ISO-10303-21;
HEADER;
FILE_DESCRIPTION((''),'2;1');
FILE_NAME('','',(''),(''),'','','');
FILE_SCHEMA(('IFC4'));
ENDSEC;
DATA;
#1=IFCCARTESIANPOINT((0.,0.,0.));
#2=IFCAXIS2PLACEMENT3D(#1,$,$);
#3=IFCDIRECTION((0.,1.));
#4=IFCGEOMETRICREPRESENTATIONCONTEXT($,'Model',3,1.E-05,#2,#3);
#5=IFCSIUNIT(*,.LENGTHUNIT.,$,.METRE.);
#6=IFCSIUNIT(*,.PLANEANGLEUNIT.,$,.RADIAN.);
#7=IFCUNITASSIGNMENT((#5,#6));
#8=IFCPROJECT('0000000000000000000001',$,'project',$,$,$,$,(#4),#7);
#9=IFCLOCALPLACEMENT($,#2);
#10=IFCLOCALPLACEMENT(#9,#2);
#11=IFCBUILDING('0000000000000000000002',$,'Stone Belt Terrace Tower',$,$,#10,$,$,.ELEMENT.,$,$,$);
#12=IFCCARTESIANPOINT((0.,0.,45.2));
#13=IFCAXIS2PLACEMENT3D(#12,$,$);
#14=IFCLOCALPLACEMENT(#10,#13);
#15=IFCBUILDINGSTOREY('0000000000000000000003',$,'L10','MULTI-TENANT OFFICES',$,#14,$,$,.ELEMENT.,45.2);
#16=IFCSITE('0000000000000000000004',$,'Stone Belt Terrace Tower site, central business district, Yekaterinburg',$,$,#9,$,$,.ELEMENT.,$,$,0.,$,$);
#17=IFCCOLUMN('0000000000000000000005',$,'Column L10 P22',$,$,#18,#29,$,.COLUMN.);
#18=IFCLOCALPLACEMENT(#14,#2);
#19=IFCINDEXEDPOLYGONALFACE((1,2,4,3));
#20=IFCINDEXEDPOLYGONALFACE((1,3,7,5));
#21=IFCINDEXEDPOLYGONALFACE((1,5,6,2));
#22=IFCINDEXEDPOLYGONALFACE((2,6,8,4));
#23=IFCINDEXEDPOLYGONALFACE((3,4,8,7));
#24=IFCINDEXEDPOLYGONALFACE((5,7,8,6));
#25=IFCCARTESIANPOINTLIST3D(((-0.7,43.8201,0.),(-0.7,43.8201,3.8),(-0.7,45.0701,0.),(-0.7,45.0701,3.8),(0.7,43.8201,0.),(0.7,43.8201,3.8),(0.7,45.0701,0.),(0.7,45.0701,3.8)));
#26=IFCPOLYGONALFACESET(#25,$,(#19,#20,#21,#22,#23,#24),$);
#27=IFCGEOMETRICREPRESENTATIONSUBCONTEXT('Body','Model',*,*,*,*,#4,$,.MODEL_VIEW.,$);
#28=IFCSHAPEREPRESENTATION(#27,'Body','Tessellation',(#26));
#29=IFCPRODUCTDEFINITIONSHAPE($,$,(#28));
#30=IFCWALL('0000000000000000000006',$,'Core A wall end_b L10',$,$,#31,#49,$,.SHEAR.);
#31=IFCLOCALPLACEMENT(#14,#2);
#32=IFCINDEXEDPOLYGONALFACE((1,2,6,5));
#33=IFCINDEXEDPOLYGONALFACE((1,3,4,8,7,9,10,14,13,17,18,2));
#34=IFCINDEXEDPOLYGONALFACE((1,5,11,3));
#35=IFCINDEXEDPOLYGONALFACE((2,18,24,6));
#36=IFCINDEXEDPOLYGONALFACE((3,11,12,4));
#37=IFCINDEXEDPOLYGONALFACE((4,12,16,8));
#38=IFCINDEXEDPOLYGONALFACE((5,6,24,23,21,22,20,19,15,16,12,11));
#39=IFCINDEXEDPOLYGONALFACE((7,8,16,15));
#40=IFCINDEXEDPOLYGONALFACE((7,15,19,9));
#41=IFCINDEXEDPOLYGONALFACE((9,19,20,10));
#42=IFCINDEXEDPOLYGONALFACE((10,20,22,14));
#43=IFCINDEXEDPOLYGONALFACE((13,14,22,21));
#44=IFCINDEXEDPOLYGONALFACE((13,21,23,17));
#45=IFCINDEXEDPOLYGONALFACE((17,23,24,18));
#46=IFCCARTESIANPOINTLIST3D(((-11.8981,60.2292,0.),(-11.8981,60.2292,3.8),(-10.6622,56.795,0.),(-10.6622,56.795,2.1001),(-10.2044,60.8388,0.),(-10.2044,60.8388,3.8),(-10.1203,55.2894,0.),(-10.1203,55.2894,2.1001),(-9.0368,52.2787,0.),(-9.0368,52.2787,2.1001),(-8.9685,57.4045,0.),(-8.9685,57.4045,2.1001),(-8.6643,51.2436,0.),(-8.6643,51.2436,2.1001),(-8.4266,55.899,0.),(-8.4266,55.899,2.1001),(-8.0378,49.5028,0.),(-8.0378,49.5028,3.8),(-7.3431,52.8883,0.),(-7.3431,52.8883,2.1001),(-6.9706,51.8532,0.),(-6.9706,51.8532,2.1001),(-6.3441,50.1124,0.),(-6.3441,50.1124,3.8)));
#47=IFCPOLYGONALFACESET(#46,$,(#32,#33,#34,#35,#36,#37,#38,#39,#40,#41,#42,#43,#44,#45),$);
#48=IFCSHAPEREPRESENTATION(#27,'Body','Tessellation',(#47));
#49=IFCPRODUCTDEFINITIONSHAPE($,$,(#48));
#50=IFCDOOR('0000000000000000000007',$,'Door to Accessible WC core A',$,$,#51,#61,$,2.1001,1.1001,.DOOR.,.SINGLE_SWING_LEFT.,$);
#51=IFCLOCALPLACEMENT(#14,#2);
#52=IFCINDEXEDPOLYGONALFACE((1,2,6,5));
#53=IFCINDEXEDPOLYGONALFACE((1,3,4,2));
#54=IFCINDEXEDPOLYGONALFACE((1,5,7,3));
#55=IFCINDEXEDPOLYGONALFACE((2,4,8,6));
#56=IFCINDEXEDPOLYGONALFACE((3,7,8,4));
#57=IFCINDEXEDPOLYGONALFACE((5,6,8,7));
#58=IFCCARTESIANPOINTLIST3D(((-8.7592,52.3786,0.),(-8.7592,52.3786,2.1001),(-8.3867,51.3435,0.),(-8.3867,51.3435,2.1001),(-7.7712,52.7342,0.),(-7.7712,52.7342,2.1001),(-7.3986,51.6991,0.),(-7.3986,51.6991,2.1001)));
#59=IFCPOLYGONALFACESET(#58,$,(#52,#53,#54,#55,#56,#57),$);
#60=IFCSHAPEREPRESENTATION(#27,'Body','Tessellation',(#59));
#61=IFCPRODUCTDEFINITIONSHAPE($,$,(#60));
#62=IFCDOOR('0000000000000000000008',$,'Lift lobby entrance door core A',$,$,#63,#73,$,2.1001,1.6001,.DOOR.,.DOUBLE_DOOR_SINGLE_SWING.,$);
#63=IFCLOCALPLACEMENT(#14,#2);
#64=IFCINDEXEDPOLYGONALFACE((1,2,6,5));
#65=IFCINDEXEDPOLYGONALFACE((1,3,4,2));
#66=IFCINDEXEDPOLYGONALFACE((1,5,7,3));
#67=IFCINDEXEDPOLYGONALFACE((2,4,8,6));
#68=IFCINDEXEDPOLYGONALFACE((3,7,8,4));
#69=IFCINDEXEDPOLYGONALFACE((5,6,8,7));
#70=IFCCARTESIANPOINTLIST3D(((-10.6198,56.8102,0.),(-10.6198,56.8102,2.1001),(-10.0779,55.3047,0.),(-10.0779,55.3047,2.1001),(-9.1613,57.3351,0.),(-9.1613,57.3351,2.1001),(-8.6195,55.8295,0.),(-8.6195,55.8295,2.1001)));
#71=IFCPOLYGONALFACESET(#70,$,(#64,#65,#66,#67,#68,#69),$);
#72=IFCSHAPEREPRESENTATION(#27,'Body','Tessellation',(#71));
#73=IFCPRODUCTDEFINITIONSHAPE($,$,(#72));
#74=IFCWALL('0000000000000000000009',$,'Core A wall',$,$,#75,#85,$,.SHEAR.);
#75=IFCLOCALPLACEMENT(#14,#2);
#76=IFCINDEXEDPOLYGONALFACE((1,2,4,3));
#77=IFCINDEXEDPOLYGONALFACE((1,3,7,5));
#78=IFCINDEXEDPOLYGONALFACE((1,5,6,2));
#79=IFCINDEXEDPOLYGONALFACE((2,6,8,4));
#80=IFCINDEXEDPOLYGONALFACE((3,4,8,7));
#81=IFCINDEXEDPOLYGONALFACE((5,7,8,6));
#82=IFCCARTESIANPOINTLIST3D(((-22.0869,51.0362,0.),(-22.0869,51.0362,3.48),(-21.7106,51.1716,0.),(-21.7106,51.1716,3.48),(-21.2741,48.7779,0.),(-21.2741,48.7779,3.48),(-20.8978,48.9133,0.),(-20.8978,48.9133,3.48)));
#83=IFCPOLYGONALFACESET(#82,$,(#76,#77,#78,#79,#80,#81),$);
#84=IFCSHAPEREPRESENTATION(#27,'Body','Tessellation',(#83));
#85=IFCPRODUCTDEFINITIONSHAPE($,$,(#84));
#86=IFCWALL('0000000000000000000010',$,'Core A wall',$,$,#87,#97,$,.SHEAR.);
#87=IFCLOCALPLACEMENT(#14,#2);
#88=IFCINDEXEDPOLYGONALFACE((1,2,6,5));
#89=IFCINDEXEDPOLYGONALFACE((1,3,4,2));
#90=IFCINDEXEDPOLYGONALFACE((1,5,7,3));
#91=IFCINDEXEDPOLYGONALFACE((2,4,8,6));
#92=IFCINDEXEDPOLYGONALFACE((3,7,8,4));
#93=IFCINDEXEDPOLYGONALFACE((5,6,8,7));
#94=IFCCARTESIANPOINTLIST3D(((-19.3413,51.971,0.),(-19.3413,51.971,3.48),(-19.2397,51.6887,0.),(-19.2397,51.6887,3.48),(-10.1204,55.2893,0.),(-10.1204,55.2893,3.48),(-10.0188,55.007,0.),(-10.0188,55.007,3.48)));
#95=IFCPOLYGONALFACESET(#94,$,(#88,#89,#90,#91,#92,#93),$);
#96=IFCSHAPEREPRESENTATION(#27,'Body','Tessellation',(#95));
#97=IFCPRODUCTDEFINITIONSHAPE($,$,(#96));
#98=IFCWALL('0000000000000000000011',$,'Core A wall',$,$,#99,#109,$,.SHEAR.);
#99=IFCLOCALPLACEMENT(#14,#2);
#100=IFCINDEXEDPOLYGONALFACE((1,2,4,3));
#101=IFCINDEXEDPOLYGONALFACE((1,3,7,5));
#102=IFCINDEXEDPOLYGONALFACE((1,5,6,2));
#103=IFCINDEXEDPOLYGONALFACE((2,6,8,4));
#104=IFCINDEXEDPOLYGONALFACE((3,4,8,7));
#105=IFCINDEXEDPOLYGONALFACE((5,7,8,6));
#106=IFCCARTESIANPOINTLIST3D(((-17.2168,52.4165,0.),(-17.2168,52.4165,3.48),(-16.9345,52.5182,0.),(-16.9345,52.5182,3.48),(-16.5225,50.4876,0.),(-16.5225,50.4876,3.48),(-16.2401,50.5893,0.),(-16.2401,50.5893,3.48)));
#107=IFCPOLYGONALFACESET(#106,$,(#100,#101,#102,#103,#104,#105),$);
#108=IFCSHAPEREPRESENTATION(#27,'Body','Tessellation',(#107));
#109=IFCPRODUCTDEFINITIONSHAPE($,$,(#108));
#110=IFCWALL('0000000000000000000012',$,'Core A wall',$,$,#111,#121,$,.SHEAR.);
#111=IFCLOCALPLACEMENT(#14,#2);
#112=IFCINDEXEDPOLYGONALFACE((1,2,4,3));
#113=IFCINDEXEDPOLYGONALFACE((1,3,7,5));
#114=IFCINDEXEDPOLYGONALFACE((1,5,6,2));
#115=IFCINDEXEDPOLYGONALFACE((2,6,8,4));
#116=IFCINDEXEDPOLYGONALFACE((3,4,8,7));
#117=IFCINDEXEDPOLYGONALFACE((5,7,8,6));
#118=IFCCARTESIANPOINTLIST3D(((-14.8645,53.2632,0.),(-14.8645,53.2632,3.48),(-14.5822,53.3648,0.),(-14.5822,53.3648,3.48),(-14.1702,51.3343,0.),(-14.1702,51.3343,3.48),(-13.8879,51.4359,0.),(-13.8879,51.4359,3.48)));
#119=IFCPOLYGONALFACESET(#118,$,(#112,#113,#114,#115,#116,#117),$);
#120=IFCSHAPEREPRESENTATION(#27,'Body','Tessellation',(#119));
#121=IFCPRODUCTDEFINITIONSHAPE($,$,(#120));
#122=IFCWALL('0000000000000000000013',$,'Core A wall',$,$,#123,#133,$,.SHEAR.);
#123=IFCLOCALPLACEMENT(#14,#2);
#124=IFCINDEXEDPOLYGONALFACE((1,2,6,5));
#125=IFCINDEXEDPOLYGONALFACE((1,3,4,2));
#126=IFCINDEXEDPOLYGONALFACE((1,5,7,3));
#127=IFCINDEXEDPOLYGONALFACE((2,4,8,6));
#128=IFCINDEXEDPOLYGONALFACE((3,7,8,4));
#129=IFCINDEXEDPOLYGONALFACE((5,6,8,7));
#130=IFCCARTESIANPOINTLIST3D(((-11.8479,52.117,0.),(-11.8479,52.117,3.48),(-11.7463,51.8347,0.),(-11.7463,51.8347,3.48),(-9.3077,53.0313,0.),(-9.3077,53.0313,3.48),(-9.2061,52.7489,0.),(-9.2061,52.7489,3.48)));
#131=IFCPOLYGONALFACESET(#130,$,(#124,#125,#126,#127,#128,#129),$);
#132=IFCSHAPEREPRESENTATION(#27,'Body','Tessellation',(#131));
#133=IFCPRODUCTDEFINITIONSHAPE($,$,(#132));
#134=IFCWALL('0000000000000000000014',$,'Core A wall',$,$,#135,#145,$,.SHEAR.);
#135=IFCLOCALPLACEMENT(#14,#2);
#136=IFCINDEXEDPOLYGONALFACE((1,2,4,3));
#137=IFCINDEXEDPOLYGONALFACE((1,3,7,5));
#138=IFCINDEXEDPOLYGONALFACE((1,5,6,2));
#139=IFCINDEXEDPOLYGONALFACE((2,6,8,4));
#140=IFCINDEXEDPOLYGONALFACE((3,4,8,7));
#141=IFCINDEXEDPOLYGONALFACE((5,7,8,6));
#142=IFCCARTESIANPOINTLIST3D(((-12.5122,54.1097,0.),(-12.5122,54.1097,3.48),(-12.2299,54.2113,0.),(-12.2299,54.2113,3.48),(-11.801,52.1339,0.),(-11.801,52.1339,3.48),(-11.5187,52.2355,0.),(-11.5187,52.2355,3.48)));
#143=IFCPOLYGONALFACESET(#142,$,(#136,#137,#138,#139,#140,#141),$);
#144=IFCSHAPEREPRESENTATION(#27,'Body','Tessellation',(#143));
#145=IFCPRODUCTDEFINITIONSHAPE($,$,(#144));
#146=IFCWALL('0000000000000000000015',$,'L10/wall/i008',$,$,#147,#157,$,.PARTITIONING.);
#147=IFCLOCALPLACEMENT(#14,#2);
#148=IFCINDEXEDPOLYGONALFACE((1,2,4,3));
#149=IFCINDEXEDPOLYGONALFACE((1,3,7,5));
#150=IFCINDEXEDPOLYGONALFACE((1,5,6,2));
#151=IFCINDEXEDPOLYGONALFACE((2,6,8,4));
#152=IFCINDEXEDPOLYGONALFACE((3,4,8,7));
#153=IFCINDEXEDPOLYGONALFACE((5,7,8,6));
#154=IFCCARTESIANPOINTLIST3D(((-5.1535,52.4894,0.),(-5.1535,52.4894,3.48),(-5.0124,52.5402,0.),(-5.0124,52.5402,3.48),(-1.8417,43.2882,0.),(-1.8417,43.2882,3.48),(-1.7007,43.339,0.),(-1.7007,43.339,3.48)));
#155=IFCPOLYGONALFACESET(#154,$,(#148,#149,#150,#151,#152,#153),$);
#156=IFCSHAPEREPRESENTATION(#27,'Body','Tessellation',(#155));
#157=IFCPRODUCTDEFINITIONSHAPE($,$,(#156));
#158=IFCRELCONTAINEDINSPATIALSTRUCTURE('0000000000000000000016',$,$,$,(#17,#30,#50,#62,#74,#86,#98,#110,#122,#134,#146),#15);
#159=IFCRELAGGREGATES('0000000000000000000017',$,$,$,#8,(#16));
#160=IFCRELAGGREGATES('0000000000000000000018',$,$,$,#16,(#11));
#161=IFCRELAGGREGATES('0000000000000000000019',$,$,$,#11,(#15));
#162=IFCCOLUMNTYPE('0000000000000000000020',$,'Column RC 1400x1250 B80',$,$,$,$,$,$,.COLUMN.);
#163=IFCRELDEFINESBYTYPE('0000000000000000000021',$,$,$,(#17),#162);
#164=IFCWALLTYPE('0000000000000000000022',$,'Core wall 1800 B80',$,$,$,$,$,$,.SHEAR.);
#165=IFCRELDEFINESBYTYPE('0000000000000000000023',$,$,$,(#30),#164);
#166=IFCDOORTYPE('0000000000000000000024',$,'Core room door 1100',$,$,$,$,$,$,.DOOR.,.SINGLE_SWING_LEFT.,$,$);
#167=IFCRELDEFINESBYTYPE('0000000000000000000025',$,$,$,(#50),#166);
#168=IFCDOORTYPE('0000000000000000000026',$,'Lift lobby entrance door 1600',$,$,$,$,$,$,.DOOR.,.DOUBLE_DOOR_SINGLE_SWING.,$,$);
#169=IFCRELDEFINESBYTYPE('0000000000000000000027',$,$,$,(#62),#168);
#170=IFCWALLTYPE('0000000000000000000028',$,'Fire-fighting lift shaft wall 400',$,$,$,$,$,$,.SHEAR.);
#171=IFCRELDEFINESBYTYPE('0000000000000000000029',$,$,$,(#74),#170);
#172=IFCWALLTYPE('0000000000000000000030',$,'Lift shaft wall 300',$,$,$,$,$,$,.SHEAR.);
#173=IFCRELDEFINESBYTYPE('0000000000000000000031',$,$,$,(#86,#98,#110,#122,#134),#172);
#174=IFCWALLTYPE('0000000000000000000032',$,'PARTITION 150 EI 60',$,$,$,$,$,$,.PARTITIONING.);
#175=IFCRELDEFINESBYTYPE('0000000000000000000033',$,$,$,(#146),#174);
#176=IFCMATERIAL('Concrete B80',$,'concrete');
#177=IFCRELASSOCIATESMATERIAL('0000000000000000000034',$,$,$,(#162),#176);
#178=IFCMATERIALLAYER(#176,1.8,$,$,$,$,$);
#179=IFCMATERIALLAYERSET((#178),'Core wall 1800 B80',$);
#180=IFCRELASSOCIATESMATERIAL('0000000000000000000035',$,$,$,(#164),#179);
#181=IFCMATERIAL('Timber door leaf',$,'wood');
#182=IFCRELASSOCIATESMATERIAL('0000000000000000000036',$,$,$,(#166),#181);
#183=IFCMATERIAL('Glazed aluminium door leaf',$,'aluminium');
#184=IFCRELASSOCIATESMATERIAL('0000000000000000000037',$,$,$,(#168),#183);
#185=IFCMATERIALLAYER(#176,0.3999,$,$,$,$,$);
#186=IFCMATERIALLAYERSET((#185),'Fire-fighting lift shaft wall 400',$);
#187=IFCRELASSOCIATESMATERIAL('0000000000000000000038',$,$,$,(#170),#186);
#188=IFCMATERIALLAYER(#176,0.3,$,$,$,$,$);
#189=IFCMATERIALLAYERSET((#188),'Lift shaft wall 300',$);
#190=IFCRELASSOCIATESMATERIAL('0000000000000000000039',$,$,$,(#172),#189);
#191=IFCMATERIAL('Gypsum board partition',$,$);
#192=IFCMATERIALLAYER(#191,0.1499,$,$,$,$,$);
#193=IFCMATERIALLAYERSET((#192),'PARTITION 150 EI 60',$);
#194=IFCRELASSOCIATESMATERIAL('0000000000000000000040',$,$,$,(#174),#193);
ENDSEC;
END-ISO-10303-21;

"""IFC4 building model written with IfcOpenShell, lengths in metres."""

from ifc_helpers import new_model, si_unit, direction, frame, frame_2d, origin, origin_2d, place, context, subcontext, project, spatial, rectangle, extrude, material, layer, layer_set, material_profile, profile_set, type_object, element, fill, save


model = new_model("IFC4")

# Units and contexts
model_context = context("Model", 3, precision=1e-05, world=origin(), true_north=direction((0.0, 1.0)))
body_context = subcontext(model_context, "Body", "Model", "MODEL_VIEW")
ifc_project = project(units=[si_unit("LENGTHUNIT", "METRE"), si_unit("PLANEANGLEUNIT", "RADIAN")], contexts=[model_context])

# Site, building, storey
site_placement = place(None, origin())
site = spatial("IfcSite", under=ifc_project, at=site_placement, Name="Stone Belt Terrace Tower site, central business district, Yekaterinburg", CompositionType="ELEMENT", RefElevation=0.0)
building_placement = place(site_placement, origin())
building = spatial("IfcBuilding", under=site, at=building_placement, Name="Stone Belt Terrace Tower", CompositionType="ELEMENT")
storey_placement = place(building_placement, frame((0.0, 0.0, 45.2)))
storey = spatial("IfcBuildingStorey", under=building, at=storey_placement, Name="L10", Description="MULTI-TENANT OFFICES", CompositionType="ELEMENT", Elevation=45.2)

# Column
ifc_material_1 = material(Name="Concrete B80", Category="concrete")
ifc_material_profile = material_profile(ifc_material_1, rectangle(XDim=1.3999, YDim=1.25, at=origin_2d()), Name="RC 1400x1250")
ifc_profile_set = profile_set([ifc_material_profile], Name="Concrete B80")
column_type = type_object("IfcColumnType", Name="Column RC 1400x1250 B80", PredefinedType="COLUMN", material=ifc_profile_set)
column_placement = place(storey_placement, frame((0.0, 44.4451, 0.0), z_axis=(0.0, 0.0, 1.0), x_axis=(1.0, 0.0, 0.0)))
element("IfcColumn", 1, at=column_placement, inside=storey, type_object=column_type, Name="Column L10 P22", PredefinedType="COLUMN", context=body_context, shape_type="SweptSolid", body=[
    extrude(rectangle(XDim=1.3999, YDim=1.25, at=origin_2d()), origin(), (0.0, 0.0, 1.0), 3.8),
])

# Wall, openings, doors
ifc_layer_1 = layer(ifc_material_1, 1.8)
ifc_layer_set_1 = layer_set([ifc_layer_1], Name="Core wall 1800 B80")
wall_type_1 = type_object("IfcWallType", Name="Core wall 1800 B80", PredefinedType="SHEAR", material=ifc_layer_set_1)
wall_1_placement = place(storey_placement, frame((-7.1909, 49.8076, 0.0), z_axis=(0.0, 0.0, 1.0), x_axis=(-0.338632, 0.940919, 0.0)))
wall_1 = element("IfcWall", 2, at=wall_1_placement, inside=storey, type_object=wall_type_1, Name="Core A wall end_b L10", PredefinedType="SHEAR", context=body_context, shape_type="SweptSolid", body=[
    extrude(rectangle(XDim=11.3999, YDim=1.8, at=frame_2d((5.7, 0.0))), origin(), (0.0, 0.0, 1.0), 3.8),
])
opening_1_placement = place(wall_1_placement, frame((6.1499, 0.0, 0.0)))
opening_1 = element("IfcOpeningElement", 3, at=opening_1_placement, cuts=wall_1, PredefinedType="OPENING", context=body_context, shape_type="SweptSolid", body=[
    extrude(rectangle(XDim=1.6001, YDim=2.1001, at=frame_2d((0.8, 1.05))), frame((0.0, 0.9099, 0.0), z_axis=(0.0, -1.0, 0.0), x_axis=(1.0, 0.0, 0.0)), (0.0, 0.0, 1.0), 1.8201),
])
opening_2_placement = place(wall_1_placement, frame((1.8501, 0.0, 0.0)))
opening_2 = element("IfcOpeningElement", 4, at=opening_2_placement, cuts=wall_1, PredefinedType="OPENING", context=body_context, shape_type="SweptSolid", body=[
    extrude(rectangle(XDim=1.1001, YDim=2.1001, at=frame_2d((0.55, 1.05))), frame((0.0, 0.9099, 0.0), z_axis=(0.0, -1.0, 0.0), x_axis=(1.0, 0.0, 0.0)), (0.0, 0.0, 1.0), 1.8201),
])
ifc_material_2 = material(Name="Timber door leaf", Category="wood")
door_type_1 = type_object("IfcDoorType", Name="Core room door 1100", OperationType="SINGLE_SWING_LEFT", PredefinedType="DOOR", material=ifc_material_2)
door_1_placement = place(opening_2_placement, origin())
door_1 = element("IfcDoor", 5, at=door_1_placement, inside=storey, type_object=door_type_1, Name="Door to Accessible WC core A", OperationType="SINGLE_SWING_LEFT", OverallHeight=2.1001, OverallWidth=1.1001, PredefinedType="DOOR", context=body_context, shape_type="SweptSolid", body=[
    extrude(rectangle(XDim=1.1001, YDim=2.1001, at=frame_2d((0.55, 1.05))), frame((0.0, 0.605, 0.0), z_axis=(0.0, -1.0, 0.0), x_axis=(1.0, 0.0, 0.0)), (0.0, 0.0, 1.0), 1.05),
])
fill(opening_2, door_1)
ifc_material_3 = material(Name="Glazed aluminium door leaf", Category="aluminium")
door_type_2 = type_object("IfcDoorType", Name="Lift lobby entrance door 1600", OperationType="DOUBLE_DOOR_SINGLE_SWING", PredefinedType="DOOR", material=ifc_material_3)
door_2_placement = place(opening_1_placement, origin())
door_2 = element("IfcDoor", 6, at=door_2_placement, inside=storey, type_object=door_type_2, Name="Lift lobby entrance door core A", OperationType="DOUBLE_DOOR_SINGLE_SWING", OverallHeight=2.1001, OverallWidth=1.6001, PredefinedType="DOOR", context=body_context, shape_type="SweptSolid", body=[
    extrude(rectangle(XDim=1.6001, YDim=2.1001, at=frame_2d((0.8, 1.05))), frame((0.0, 0.855, 0.0), z_axis=(0.0, -1.0, 0.0), x_axis=(1.0, 0.0, 0.0)), (0.0, 0.0, 1.0), 1.55),
])
fill(opening_1, door_2)

# Walls
ifc_layer_2 = layer(ifc_material_1, 0.3999)
ifc_layer_set_2 = layer_set([ifc_layer_2], Name="Fire-fighting lift shaft wall 400")
wall_type_2 = type_object("IfcWallType", Name="Fire-fighting lift shaft wall 400", PredefinedType="SHEAR", material=ifc_layer_set_2)
wall_2_placement = place(storey_placement, frame((-21.0859, 48.8455, 0.0), z_axis=(0.0, 0.0, 1.0), x_axis=(-0.338629, 0.94092, 0.0)))
element("IfcWall", 7, at=wall_2_placement, inside=storey, type_object=wall_type_2, Name="Core A wall", PredefinedType="SHEAR", context=body_context, shape_type="SweptSolid", body=[
    extrude(rectangle(XDim=2.4001, YDim=0.3999, at=frame_2d((1.2002, 0.0))), origin(), (0.0, 0.0, 1.0), 3.48),
])
ifc_layer_3 = layer(ifc_material_1, 0.3)
ifc_layer_set_3 = layer_set([ifc_layer_3], Name="Lift shaft wall 300")
wall_type_3 = type_object("IfcWallType", Name="Lift shaft wall 300", PredefinedType="SHEAR", material=ifc_layer_set_3)
wall_3_placement = place(storey_placement, frame((-19.2905, 51.8298, 0.0), z_axis=(0.0, 0.0, 1.0), x_axis=(0.940926, 0.338613, 0.0)))
element("IfcWall", 8, at=wall_3_placement, inside=storey, type_object=wall_type_3, Name="Core A wall", PredefinedType="SHEAR", context=body_context, shape_type="SweptSolid", body=[
    extrude(rectangle(XDim=9.7998, YDim=0.3, at=frame_2d((4.8999, 0.0))), origin(), (0.0, 0.0, 1.0), 3.48),
])
for number, where, z_axis, x_axis, name in (
    (9, (-16.3813, 50.5386, 0.0), (0.0, 0.0, 1.0), (-0.338682, 0.940901, 0.0), "Core A wall"),
    (10, (-14.0291, 51.3853, 0.0), (0.0, 0.0, 1.0), (-0.338682, 0.940901, 0.0), "Core A wall"),
):
    element("IfcWall", number, at=place(storey_placement, frame(where, z_axis=z_axis, x_axis=x_axis)), inside=storey, type_object=wall_type_3, Name=name, PredefinedType="SHEAR", context=body_context, shape_type="SweptSolid", body=[
        extrude(rectangle(XDim=2.05, YDim=0.3, at=frame_2d((1.0249, 0.0))), origin(), (0.0, 0.0, 1.0), 3.48),
    ])
wall_4_placement = place(storey_placement, frame((-11.7971, 51.9758, 0.0), z_axis=(0.0, 0.0, 1.0), x_axis=(0.94091, 0.338655, 0.0)))
element("IfcWall", 11, at=wall_4_placement, inside=storey, type_object=wall_type_3, Name="Core A wall", PredefinedType="SHEAR", context=body_context, shape_type="SweptSolid", body=[
    extrude(rectangle(XDim=2.6997, YDim=0.3, at=frame_2d((1.3499, 0.0))), origin(), (0.0, 0.0, 1.0), 3.48),
])
wall_5_placement = place(storey_placement, frame((-11.6599, 52.1848, 0.0), z_axis=(0.0, 0.0, 1.0), x_axis=(-0.33867, 0.940905, 0.0)))
element("IfcWall", 12, at=wall_5_placement, inside=storey, type_object=wall_type_3, Name="Core A wall", PredefinedType="SHEAR", context=body_context, shape_type="SweptSolid", body=[
    extrude(rectangle(XDim=2.0999, YDim=0.3, at=frame_2d((1.0498, 0.0))), origin(), (0.0, 0.0, 1.0), 3.48),
])
ifc_material_4 = material(Name="Gypsum board partition")
ifc_layer_4 = layer(ifc_material_4, 0.1499)
ifc_layer_set_4 = layer_set([ifc_layer_4], Name="PARTITION 150 EI 60")
wall_type_4 = type_object("IfcWallType", Name="PARTITION 150 EI 60", PredefinedType="PARTITIONING", material=ifc_layer_set_4)
wall_6_placement = place(storey_placement, frame((-5.083, 52.5149, 0.0), z_axis=(0.0, 0.0, 1.0), x_axis=(0.33866, -0.940909, 0.0)))
element("IfcWall", 13, at=wall_6_placement, inside=storey, type_object=wall_type_4, Name="L10/wall/i008", PredefinedType="PARTITIONING", context=body_context, shape_type="SweptSolid", body=[
    extrude(rectangle(XDim=9.7791, YDim=0.1499, at=frame_2d((4.8896, 0.0))), origin(), (0.0, 0.0, 1.0), 3.48),
])

save(model, "model.ifc")
